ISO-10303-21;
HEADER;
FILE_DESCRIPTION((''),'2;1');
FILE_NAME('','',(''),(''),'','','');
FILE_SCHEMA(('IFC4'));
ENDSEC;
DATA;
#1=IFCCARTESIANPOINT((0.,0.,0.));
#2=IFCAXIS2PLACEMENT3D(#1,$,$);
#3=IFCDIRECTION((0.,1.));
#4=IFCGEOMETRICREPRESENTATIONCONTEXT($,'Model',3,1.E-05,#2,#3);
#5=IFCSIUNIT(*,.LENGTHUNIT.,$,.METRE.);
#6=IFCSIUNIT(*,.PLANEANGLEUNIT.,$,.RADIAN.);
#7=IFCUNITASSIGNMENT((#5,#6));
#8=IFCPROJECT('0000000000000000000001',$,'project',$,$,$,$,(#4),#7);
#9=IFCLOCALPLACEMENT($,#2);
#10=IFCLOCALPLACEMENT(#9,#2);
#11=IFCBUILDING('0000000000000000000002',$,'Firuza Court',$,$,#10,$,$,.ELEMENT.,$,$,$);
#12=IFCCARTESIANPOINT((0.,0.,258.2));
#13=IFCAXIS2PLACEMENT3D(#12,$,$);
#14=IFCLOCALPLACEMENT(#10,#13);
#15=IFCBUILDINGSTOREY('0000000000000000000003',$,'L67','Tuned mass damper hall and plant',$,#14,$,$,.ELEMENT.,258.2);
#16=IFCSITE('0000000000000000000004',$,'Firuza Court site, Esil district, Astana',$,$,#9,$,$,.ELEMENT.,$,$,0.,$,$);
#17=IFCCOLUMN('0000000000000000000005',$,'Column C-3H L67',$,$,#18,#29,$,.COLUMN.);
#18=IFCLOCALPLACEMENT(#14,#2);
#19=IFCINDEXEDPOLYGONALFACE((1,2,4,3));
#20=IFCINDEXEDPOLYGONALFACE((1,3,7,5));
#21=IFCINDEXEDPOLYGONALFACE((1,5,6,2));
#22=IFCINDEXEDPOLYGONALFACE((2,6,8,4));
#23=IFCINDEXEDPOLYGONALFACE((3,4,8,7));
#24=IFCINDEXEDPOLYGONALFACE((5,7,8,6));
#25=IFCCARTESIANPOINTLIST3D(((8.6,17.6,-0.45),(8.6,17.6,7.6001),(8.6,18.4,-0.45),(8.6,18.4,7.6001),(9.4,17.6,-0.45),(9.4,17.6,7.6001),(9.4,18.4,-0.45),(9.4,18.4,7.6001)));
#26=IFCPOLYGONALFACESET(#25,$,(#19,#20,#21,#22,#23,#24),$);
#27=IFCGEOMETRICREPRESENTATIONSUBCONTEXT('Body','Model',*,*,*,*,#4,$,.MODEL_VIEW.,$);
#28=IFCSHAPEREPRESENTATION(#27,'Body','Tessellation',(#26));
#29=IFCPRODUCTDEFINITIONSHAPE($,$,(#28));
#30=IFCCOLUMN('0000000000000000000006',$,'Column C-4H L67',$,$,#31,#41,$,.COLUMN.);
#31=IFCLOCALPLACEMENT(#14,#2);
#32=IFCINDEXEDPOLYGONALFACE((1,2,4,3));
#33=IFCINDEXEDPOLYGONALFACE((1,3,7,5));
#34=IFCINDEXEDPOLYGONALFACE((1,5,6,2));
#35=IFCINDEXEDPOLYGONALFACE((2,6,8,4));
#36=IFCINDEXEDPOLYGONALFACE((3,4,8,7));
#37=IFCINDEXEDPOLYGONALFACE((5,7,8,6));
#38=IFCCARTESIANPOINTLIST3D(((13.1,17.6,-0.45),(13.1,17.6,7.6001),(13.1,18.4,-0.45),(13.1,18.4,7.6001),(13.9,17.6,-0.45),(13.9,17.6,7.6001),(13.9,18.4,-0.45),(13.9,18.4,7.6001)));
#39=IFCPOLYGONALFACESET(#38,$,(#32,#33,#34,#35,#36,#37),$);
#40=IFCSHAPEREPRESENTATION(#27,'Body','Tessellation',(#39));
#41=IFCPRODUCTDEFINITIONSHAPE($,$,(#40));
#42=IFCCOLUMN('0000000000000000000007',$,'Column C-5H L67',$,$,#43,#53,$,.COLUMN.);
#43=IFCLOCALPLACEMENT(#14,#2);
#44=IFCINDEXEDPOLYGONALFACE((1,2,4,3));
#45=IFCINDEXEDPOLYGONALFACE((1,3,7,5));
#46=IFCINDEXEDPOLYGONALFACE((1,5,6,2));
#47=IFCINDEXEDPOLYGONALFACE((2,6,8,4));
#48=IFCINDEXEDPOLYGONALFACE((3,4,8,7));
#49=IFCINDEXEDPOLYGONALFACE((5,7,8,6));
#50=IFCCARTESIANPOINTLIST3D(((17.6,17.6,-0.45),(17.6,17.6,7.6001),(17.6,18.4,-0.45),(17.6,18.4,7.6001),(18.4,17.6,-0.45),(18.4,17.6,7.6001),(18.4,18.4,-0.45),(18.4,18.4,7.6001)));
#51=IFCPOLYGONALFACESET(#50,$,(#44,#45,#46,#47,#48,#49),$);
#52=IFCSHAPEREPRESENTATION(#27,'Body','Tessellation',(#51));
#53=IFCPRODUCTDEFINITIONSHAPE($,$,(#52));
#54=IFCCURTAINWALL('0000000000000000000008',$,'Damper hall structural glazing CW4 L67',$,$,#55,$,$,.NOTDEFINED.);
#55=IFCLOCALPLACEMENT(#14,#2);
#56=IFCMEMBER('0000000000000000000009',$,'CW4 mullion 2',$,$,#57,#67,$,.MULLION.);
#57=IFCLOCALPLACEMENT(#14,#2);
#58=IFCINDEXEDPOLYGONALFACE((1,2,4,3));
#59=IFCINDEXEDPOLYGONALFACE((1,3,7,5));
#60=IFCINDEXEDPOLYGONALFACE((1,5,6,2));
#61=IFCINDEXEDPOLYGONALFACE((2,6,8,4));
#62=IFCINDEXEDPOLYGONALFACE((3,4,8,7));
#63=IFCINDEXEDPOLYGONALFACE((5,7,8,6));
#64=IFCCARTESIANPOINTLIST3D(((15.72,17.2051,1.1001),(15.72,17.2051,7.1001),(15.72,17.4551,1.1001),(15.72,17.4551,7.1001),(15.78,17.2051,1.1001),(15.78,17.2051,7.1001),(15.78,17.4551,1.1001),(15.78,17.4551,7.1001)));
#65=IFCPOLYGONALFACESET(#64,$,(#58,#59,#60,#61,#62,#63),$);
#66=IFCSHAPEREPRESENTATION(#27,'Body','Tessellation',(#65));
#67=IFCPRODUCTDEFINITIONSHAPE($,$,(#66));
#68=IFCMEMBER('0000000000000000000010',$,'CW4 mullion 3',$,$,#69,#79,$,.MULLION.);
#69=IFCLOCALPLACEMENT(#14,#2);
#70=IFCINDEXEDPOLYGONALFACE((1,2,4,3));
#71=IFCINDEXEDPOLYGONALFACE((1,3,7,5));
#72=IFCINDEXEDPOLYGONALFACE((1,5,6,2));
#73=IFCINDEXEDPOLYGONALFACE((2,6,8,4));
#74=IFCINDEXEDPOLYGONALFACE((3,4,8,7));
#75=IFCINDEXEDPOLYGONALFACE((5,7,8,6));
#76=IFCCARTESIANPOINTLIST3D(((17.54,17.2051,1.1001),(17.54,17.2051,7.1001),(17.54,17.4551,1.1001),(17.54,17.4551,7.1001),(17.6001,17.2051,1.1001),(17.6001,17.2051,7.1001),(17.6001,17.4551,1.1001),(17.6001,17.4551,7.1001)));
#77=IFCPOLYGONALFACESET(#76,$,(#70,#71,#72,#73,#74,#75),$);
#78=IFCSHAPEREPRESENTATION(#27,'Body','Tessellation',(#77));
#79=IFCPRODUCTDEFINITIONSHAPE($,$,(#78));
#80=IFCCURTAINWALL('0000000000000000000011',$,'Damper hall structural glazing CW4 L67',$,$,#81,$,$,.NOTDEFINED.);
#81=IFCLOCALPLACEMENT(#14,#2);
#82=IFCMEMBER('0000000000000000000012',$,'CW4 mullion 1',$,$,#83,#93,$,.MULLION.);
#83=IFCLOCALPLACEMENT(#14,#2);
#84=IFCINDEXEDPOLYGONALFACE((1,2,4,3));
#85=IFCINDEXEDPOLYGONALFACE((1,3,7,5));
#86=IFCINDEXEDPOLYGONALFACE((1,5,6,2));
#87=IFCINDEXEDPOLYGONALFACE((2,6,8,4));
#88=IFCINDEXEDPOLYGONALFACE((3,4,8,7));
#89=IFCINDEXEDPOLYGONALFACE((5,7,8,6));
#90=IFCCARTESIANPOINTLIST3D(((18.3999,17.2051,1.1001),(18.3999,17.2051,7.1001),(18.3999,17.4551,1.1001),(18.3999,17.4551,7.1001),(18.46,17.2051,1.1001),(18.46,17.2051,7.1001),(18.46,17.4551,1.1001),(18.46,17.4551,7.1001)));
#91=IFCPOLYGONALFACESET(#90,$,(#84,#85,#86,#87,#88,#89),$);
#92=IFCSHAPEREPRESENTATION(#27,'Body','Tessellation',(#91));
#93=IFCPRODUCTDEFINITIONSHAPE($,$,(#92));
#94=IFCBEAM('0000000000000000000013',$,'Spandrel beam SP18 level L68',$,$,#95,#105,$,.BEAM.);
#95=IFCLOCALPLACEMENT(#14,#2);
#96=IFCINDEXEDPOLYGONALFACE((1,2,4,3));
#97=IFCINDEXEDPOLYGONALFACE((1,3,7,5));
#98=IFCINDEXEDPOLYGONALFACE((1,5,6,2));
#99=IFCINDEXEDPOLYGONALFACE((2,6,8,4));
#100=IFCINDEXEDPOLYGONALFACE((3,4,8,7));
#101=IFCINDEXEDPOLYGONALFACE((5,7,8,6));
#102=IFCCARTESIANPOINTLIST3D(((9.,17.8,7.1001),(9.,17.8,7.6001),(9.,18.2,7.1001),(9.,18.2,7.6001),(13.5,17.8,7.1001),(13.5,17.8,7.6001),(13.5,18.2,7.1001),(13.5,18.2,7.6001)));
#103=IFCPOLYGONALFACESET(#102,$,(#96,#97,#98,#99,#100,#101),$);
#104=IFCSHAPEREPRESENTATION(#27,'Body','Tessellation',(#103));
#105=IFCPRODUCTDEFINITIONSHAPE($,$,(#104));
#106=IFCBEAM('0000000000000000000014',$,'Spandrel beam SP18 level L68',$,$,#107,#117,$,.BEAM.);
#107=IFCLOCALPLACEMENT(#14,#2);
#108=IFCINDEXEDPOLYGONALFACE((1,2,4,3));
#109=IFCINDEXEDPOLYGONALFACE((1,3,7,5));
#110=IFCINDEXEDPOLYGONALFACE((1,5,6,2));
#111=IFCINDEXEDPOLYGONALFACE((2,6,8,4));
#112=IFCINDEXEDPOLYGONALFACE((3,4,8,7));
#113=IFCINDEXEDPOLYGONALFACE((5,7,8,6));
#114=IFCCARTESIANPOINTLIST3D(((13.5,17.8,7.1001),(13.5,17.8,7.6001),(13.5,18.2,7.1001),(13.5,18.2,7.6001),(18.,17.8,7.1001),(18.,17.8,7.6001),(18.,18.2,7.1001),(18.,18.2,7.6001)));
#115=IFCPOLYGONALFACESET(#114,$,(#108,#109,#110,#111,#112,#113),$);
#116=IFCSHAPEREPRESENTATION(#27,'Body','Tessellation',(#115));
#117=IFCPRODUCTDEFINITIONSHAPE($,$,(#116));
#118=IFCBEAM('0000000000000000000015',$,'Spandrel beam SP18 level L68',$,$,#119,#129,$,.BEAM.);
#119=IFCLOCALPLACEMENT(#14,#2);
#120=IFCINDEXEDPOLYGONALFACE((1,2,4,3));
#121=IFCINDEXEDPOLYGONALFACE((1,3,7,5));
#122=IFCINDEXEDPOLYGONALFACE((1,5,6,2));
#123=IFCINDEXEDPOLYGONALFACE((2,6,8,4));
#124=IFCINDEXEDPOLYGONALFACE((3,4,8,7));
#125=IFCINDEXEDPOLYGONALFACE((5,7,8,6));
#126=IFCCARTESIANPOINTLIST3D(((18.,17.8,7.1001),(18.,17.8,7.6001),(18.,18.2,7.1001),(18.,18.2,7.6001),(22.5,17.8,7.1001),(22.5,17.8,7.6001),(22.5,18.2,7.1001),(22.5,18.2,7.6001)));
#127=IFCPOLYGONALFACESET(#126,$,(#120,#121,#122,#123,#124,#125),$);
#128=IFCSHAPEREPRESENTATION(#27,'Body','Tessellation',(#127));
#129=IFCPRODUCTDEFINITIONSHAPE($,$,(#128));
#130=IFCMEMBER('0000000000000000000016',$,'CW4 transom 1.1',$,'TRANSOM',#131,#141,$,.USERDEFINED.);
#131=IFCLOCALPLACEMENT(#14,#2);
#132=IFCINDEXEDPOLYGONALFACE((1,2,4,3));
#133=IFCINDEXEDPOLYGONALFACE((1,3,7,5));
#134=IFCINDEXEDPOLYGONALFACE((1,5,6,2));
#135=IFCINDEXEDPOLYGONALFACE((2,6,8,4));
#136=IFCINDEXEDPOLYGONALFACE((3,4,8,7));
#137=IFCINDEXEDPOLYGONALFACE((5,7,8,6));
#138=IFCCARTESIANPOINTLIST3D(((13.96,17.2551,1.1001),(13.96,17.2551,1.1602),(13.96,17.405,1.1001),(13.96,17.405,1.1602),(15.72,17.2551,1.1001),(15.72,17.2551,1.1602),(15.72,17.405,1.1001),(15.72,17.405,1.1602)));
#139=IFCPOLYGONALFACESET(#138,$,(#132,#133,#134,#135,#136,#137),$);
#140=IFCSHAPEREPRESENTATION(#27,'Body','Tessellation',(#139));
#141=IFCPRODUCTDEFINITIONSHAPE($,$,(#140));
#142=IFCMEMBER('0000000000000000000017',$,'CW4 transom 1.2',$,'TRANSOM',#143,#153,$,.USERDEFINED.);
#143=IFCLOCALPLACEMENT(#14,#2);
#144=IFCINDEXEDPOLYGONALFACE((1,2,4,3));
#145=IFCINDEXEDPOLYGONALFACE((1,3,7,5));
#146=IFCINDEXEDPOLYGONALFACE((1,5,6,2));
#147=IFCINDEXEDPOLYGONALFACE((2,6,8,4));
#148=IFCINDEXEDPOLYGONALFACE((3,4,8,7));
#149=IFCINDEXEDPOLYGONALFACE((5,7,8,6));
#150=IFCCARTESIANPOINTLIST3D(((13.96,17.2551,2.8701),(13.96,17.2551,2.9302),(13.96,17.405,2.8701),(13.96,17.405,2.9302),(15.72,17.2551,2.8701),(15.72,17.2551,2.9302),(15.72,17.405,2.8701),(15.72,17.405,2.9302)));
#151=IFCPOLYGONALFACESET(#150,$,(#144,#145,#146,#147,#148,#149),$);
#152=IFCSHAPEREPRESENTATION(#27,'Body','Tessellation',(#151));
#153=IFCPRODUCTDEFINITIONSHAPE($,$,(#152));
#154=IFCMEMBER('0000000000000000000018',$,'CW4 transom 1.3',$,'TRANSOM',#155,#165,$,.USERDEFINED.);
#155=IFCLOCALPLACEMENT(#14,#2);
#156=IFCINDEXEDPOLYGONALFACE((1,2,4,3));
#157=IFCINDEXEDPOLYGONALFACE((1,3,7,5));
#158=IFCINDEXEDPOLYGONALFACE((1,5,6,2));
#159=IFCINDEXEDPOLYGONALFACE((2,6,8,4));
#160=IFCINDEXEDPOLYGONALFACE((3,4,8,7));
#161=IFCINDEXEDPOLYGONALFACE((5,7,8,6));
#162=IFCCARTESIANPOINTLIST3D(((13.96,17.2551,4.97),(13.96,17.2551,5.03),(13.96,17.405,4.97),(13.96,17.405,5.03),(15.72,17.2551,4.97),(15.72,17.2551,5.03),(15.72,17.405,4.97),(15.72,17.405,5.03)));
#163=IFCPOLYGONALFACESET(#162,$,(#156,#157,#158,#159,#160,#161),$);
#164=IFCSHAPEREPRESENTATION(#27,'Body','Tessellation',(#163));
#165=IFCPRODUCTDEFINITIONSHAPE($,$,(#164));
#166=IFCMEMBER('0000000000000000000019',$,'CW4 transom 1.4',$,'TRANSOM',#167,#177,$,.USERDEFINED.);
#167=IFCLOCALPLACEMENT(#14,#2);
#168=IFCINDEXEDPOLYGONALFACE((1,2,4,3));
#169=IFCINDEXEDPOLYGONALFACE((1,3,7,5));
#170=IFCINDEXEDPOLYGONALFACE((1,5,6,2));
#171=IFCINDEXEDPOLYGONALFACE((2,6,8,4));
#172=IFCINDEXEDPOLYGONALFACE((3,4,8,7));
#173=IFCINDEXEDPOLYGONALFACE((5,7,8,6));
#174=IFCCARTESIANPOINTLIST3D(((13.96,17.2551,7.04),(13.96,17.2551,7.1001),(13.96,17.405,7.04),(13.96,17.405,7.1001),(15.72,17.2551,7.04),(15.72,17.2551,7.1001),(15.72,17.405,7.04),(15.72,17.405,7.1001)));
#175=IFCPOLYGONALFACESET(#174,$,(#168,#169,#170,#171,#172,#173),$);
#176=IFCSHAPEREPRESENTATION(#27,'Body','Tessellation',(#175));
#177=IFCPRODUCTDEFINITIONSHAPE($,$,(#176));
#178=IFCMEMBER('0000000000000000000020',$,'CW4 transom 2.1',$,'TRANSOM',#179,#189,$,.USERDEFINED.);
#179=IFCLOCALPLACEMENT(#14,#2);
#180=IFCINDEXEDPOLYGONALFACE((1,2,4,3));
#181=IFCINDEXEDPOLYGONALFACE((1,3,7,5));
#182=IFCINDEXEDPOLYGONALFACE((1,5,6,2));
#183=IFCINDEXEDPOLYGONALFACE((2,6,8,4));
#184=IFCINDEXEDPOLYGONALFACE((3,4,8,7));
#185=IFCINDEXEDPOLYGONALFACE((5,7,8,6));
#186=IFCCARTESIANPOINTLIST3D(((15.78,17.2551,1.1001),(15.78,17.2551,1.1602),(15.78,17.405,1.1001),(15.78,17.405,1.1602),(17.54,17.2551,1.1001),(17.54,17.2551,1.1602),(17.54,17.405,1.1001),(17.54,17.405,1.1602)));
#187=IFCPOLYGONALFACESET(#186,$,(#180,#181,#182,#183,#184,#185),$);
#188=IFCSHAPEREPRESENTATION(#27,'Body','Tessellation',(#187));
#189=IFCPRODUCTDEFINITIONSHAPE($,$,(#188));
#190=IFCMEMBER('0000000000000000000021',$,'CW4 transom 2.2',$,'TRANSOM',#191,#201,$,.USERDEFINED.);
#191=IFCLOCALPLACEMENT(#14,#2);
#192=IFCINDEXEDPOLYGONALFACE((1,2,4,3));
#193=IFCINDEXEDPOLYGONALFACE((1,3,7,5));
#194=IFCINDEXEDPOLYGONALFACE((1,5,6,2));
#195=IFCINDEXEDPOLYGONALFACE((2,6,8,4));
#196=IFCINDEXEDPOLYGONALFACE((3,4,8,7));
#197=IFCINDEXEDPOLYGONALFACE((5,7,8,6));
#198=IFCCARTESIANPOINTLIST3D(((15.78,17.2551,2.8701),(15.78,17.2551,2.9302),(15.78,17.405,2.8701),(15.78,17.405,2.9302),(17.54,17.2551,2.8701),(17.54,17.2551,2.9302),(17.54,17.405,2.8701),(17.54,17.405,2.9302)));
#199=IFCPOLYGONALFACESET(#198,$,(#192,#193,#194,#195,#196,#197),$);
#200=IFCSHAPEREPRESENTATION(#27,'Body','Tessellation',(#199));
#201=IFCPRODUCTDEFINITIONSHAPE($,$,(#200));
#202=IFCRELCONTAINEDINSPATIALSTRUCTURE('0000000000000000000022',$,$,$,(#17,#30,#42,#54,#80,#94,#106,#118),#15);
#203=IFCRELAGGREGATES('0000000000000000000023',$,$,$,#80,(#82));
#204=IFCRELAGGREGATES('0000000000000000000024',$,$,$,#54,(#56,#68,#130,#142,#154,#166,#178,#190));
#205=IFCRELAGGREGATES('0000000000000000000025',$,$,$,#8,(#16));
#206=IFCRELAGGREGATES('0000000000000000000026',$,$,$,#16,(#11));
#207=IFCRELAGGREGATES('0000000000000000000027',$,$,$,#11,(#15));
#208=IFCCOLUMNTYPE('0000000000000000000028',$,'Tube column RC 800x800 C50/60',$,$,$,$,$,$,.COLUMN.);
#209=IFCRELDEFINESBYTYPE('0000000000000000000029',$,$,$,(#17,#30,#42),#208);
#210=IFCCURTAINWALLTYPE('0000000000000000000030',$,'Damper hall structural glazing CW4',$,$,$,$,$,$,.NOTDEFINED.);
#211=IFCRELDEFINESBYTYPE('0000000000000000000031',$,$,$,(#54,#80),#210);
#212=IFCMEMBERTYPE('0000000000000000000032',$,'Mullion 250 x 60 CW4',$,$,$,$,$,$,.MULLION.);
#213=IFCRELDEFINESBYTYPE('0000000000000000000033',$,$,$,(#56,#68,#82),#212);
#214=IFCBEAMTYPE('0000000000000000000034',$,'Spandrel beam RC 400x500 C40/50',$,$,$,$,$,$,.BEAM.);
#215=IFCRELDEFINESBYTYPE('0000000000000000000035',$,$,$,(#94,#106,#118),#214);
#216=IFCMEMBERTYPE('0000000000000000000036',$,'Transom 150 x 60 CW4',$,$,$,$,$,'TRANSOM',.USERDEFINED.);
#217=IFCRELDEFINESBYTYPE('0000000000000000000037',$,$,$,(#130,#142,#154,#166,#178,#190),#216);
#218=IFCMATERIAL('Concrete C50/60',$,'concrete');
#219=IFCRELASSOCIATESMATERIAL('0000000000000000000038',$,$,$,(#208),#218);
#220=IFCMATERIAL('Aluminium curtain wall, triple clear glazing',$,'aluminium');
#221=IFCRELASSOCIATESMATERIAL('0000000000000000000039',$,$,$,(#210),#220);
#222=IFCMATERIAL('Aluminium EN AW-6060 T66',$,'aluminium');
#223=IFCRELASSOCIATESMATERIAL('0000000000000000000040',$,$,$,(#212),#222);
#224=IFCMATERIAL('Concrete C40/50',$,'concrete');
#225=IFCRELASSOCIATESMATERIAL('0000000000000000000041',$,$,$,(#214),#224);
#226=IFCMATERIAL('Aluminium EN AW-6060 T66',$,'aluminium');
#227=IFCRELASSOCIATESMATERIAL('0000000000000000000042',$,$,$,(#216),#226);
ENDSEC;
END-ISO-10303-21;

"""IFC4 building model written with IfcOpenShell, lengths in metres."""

from ifc_helpers import new_model, si_unit, direction, frame, origin, origin_2d, place, context, subcontext, project, spatial, rectangle, extrude, material, material_profile, profile_set, type_object, element, aggregate, save


model = new_model("IFC4")

# Units and contexts
model_context = context("Model", 3, precision=1e-05, world=origin(), true_north=direction((0.0, 1.0)))
body_context = subcontext(model_context, "Body", "Model", "MODEL_VIEW")
ifc_project = project(units=[si_unit("LENGTHUNIT", "METRE"), si_unit("PLANEANGLEUNIT", "RADIAN")], contexts=[model_context])

# Site, building, storey
site_placement = place(None, origin())
site = spatial("IfcSite", under=ifc_project, at=site_placement, Name="Firuza Court site, Esil district, Astana", CompositionType="ELEMENT", RefElevation=0.0)
building_placement = place(site_placement, origin())
building = spatial("IfcBuilding", under=site, at=building_placement, Name="Firuza Court", CompositionType="ELEMENT")
storey_placement = place(building_placement, frame((0.0, 0.0, 258.2)))
storey = spatial("IfcBuildingStorey", under=building, at=storey_placement, Name="L67", Description="Tuned mass damper hall and plant", CompositionType="ELEMENT", Elevation=258.2)

# Columns
ifc_material_1 = material(Name="Concrete C50/60", Category="concrete")
ifc_material_profile_1 = material_profile(ifc_material_1, rectangle(XDim=0.8, YDim=0.8, at=origin_2d()), Name="RC 800x800")
ifc_profile_set_1 = profile_set([ifc_material_profile_1], Name="Concrete C50/60")
column_type = type_object("IfcColumnType", Name="Tube column RC 800x800 C50/60", PredefinedType="COLUMN", material=ifc_profile_set_1)
for number, where, z_axis, x_axis, name in (
    (1, (9.0, 18.0, -0.45), (0.0, 0.0, 1.0), (1.0, 0.0, 0.0), "Column C-3H L67"),
    (2, (13.5, 18.0, -0.45), (0.0, 0.0, 1.0), (1.0, 0.0, 0.0), "Column C-4H L67"),
    (3, (18.0, 18.0, -0.45), (0.0, 0.0, 1.0), (1.0, 0.0, 0.0), "Column C-5H L67"),
):
    element("IfcColumn", number, at=place(storey_placement, frame(where, z_axis=z_axis, x_axis=x_axis)), inside=storey, type_object=column_type, Name=name, PredefinedType="COLUMN", context=body_context, shape_type="SweptSolid", body=[
        extrude(rectangle(XDim=0.8, YDim=0.8, at=origin_2d()), origin(), (0.0, 0.0, 1.0), 8.05),
    ])

# Curtain wall, members
ifc_material_2 = material(Name="Aluminium curtain wall, triple clear glazing", Category="aluminium")
curtain_wall_type = type_object("IfcCurtainWallType", Name="Damper hall structural glazing CW4", PredefinedType="NOTDEFINED", material=ifc_material_2)
curtain_wall_1_placement = place(storey_placement, origin())
curtain_wall_1 = element("IfcCurtainWall", 4, at=curtain_wall_1_placement, inside=storey, type_object=curtain_wall_type, Name="Damper hall structural glazing CW4 L67", PredefinedType="NOTDEFINED")
ifc_material_3 = material(Name="Aluminium EN AW-6060 T66", Category="aluminium")
ifc_material_profile_2 = material_profile(ifc_material_3, rectangle(XDim=0.25, YDim=0.0601, at=origin_2d()), Name="Mullion 250 x 60 CW4")
ifc_profile_set_2 = profile_set([ifc_material_profile_2], Name="Aluminium EN AW-6060 T66")
member_type_1 = type_object("IfcMemberType", Name="Mullion 250 x 60 CW4", PredefinedType="MULLION", material=ifc_profile_set_2)
member_1_placement = place(storey_placement, frame((15.75, 17.3301, 1.1001), z_axis=(0.0, 0.0, 1.0), x_axis=(0.0, 1.0, 0.0)))
member_1 = element("IfcMember", 5, at=member_1_placement, type_object=member_type_1, Name="CW4 mullion 2", PredefinedType="MULLION", context=body_context, shape_type="SweptSolid", body=[
    extrude(rectangle(XDim=0.25, YDim=0.0601, at=origin_2d()), origin(), (0.0, 0.0, 1.0), 6.0),
])
member_2_placement = place(storey_placement, frame((17.5701, 17.3301, 1.1001), z_axis=(0.0, 0.0, 1.0), x_axis=(0.0, 1.0, 0.0)))
member_2 = element("IfcMember", 6, at=member_2_placement, type_object=member_type_1, Name="CW4 mullion 3", PredefinedType="MULLION", context=body_context, shape_type="SweptSolid", body=[
    extrude(rectangle(XDim=0.25, YDim=0.0601, at=origin_2d()), origin(), (0.0, 0.0, 1.0), 6.0),
])

# Curtain wall, member
curtain_wall_2_placement = place(storey_placement, origin())
curtain_wall_2 = element("IfcCurtainWall", 7, at=curtain_wall_2_placement, inside=storey, type_object=curtain_wall_type, Name="Damper hall structural glazing CW4 L67", PredefinedType="NOTDEFINED")
member_3_placement = place(storey_placement, frame((18.4299, 17.3301, 1.1001), z_axis=(0.0, 0.0, 1.0), x_axis=(0.0, 1.0, 0.0)))
member_3 = element("IfcMember", 8, at=member_3_placement, type_object=member_type_1, Name="CW4 mullion 1", PredefinedType="MULLION", context=body_context, shape_type="SweptSolid", body=[
    extrude(rectangle(XDim=0.25, YDim=0.0601, at=origin_2d()), origin(), (0.0, 0.0, 1.0), 6.0),
])

# Beams
ifc_material_4 = material(Name="Concrete C40/50", Category="concrete")
ifc_material_profile_3 = material_profile(ifc_material_4, rectangle(XDim=0.3999, YDim=0.5, at=origin_2d()), Name="RC 400x500")
ifc_profile_set_3 = profile_set([ifc_material_profile_3], Name="Concrete C40/50")
beam_type = type_object("IfcBeamType", Name="Spandrel beam RC 400x500 C40/50", PredefinedType="BEAM", material=ifc_profile_set_3)
for number, where, z_axis, x_axis, name in (
    (9, (9.0, 18.0, 7.3501), (1.0, 0.0, 0.0), (0.0, 1.0, 0.0), "Spandrel beam SP18 level L68"),
    (10, (13.5, 18.0, 7.3501), (1.0, 0.0, 0.0), (0.0, 1.0, 0.0), "Spandrel beam SP18 level L68"),
    (11, (18.0, 18.0, 7.3501), (1.0, 0.0, 0.0), (0.0, 1.0, 0.0), "Spandrel beam SP18 level L68"),
):
    element("IfcBeam", number, at=place(storey_placement, frame(where, z_axis=z_axis, x_axis=x_axis)), inside=storey, type_object=beam_type, Name=name, PredefinedType="BEAM", context=body_context, shape_type="SweptSolid", body=[
        extrude(rectangle(XDim=0.3999, YDim=0.5, at=origin_2d()), origin(), (0.0, 0.0, 1.0), 4.5),
    ])

# Members
ifc_material_5 = material(Name="Aluminium EN AW-6060 T66", Category="aluminium")
ifc_material_profile_4 = material_profile(ifc_material_5, rectangle(XDim=0.1499, YDim=0.0601, at=origin_2d()), Name="Transom 150 x 60 CW4")
ifc_profile_set_4 = profile_set([ifc_material_profile_4], Name="Aluminium EN AW-6060 T66")
member_type_2 = type_object("IfcMemberType", Name="Transom 150 x 60 CW4", ElementType="TRANSOM", PredefinedType="USERDEFINED", material=ifc_profile_set_4)
member_4_placement = place(storey_placement, frame((13.96, 17.3301, 1.1301), z_axis=(1.0, 0.0, 0.0), x_axis=(0.0, 1.0, 0.0)))
member_4 = element("IfcMember", 12, at=member_4_placement, type_object=member_type_2, Name="CW4 transom 1.1", ObjectType="TRANSOM", PredefinedType="USERDEFINED", context=body_context, shape_type="SweptSolid", body=[
    extrude(rectangle(XDim=0.1499, YDim=0.0601, at=origin_2d()), origin(), (0.0, 0.0, 1.0), 1.76),
])
member_5_placement = place(storey_placement, frame((13.96, 17.3301, 2.9001), z_axis=(1.0, 0.0, 0.0), x_axis=(0.0, 1.0, 0.0)))
member_5 = element("IfcMember", 13, at=member_5_placement, type_object=member_type_2, Name="CW4 transom 1.2", ObjectType="TRANSOM", PredefinedType="USERDEFINED", context=body_context, shape_type="SweptSolid", body=[
    extrude(rectangle(XDim=0.1499, YDim=0.0601, at=origin_2d()), origin(), (0.0, 0.0, 1.0), 1.76),
])
member_6_placement = place(storey_placement, frame((13.96, 17.3301, 5.0), z_axis=(1.0, 0.0, 0.0), x_axis=(0.0, 1.0, 0.0)))
member_6 = element("IfcMember", 14, at=member_6_placement, type_object=member_type_2, Name="CW4 transom 1.3", ObjectType="TRANSOM", PredefinedType="USERDEFINED", context=body_context, shape_type="SweptSolid", body=[
    extrude(rectangle(XDim=0.1499, YDim=0.0601, at=origin_2d()), origin(), (0.0, 0.0, 1.0), 1.76),
])
member_7_placement = place(storey_placement, frame((13.96, 17.3301, 7.0701), z_axis=(1.0, 0.0, 0.0), x_axis=(0.0, 1.0, 0.0)))
member_7 = element("IfcMember", 15, at=member_7_placement, type_object=member_type_2, Name="CW4 transom 1.4", ObjectType="TRANSOM", PredefinedType="USERDEFINED", context=body_context, shape_type="SweptSolid", body=[
    extrude(rectangle(XDim=0.1499, YDim=0.0601, at=origin_2d()), origin(), (0.0, 0.0, 1.0), 1.76),
])
member_8_placement = place(storey_placement, frame((15.78, 17.3301, 1.1301), z_axis=(1.0, 0.0, 0.0), x_axis=(0.0, 1.0, 0.0)))
member_8 = element("IfcMember", 16, at=member_8_placement, type_object=member_type_2, Name="CW4 transom 2.1", ObjectType="TRANSOM", PredefinedType="USERDEFINED", context=body_context, shape_type="SweptSolid", body=[
    extrude(rectangle(XDim=0.1499, YDim=0.0601, at=origin_2d()), origin(), (0.0, 0.0, 1.0), 1.76),
])
member_9_placement = place(storey_placement, frame((15.78, 17.3301, 2.9001), z_axis=(1.0, 0.0, 0.0), x_axis=(0.0, 1.0, 0.0)))
member_9 = element("IfcMember", 17, at=member_9_placement, type_object=member_type_2, Name="CW4 transom 2.2", ObjectType="TRANSOM", PredefinedType="USERDEFINED", context=body_context, shape_type="SweptSolid", body=[
    extrude(rectangle(XDim=0.1499, YDim=0.0601, at=origin_2d()), origin(), (0.0, 0.0, 1.0), 1.76),
])
aggregate(curtain_wall_2, [member_3])

aggregate(curtain_wall_1, [member_1, member_2, member_4, member_5, member_6, member_7, member_8, member_9])

save(model, "model.ifc")
